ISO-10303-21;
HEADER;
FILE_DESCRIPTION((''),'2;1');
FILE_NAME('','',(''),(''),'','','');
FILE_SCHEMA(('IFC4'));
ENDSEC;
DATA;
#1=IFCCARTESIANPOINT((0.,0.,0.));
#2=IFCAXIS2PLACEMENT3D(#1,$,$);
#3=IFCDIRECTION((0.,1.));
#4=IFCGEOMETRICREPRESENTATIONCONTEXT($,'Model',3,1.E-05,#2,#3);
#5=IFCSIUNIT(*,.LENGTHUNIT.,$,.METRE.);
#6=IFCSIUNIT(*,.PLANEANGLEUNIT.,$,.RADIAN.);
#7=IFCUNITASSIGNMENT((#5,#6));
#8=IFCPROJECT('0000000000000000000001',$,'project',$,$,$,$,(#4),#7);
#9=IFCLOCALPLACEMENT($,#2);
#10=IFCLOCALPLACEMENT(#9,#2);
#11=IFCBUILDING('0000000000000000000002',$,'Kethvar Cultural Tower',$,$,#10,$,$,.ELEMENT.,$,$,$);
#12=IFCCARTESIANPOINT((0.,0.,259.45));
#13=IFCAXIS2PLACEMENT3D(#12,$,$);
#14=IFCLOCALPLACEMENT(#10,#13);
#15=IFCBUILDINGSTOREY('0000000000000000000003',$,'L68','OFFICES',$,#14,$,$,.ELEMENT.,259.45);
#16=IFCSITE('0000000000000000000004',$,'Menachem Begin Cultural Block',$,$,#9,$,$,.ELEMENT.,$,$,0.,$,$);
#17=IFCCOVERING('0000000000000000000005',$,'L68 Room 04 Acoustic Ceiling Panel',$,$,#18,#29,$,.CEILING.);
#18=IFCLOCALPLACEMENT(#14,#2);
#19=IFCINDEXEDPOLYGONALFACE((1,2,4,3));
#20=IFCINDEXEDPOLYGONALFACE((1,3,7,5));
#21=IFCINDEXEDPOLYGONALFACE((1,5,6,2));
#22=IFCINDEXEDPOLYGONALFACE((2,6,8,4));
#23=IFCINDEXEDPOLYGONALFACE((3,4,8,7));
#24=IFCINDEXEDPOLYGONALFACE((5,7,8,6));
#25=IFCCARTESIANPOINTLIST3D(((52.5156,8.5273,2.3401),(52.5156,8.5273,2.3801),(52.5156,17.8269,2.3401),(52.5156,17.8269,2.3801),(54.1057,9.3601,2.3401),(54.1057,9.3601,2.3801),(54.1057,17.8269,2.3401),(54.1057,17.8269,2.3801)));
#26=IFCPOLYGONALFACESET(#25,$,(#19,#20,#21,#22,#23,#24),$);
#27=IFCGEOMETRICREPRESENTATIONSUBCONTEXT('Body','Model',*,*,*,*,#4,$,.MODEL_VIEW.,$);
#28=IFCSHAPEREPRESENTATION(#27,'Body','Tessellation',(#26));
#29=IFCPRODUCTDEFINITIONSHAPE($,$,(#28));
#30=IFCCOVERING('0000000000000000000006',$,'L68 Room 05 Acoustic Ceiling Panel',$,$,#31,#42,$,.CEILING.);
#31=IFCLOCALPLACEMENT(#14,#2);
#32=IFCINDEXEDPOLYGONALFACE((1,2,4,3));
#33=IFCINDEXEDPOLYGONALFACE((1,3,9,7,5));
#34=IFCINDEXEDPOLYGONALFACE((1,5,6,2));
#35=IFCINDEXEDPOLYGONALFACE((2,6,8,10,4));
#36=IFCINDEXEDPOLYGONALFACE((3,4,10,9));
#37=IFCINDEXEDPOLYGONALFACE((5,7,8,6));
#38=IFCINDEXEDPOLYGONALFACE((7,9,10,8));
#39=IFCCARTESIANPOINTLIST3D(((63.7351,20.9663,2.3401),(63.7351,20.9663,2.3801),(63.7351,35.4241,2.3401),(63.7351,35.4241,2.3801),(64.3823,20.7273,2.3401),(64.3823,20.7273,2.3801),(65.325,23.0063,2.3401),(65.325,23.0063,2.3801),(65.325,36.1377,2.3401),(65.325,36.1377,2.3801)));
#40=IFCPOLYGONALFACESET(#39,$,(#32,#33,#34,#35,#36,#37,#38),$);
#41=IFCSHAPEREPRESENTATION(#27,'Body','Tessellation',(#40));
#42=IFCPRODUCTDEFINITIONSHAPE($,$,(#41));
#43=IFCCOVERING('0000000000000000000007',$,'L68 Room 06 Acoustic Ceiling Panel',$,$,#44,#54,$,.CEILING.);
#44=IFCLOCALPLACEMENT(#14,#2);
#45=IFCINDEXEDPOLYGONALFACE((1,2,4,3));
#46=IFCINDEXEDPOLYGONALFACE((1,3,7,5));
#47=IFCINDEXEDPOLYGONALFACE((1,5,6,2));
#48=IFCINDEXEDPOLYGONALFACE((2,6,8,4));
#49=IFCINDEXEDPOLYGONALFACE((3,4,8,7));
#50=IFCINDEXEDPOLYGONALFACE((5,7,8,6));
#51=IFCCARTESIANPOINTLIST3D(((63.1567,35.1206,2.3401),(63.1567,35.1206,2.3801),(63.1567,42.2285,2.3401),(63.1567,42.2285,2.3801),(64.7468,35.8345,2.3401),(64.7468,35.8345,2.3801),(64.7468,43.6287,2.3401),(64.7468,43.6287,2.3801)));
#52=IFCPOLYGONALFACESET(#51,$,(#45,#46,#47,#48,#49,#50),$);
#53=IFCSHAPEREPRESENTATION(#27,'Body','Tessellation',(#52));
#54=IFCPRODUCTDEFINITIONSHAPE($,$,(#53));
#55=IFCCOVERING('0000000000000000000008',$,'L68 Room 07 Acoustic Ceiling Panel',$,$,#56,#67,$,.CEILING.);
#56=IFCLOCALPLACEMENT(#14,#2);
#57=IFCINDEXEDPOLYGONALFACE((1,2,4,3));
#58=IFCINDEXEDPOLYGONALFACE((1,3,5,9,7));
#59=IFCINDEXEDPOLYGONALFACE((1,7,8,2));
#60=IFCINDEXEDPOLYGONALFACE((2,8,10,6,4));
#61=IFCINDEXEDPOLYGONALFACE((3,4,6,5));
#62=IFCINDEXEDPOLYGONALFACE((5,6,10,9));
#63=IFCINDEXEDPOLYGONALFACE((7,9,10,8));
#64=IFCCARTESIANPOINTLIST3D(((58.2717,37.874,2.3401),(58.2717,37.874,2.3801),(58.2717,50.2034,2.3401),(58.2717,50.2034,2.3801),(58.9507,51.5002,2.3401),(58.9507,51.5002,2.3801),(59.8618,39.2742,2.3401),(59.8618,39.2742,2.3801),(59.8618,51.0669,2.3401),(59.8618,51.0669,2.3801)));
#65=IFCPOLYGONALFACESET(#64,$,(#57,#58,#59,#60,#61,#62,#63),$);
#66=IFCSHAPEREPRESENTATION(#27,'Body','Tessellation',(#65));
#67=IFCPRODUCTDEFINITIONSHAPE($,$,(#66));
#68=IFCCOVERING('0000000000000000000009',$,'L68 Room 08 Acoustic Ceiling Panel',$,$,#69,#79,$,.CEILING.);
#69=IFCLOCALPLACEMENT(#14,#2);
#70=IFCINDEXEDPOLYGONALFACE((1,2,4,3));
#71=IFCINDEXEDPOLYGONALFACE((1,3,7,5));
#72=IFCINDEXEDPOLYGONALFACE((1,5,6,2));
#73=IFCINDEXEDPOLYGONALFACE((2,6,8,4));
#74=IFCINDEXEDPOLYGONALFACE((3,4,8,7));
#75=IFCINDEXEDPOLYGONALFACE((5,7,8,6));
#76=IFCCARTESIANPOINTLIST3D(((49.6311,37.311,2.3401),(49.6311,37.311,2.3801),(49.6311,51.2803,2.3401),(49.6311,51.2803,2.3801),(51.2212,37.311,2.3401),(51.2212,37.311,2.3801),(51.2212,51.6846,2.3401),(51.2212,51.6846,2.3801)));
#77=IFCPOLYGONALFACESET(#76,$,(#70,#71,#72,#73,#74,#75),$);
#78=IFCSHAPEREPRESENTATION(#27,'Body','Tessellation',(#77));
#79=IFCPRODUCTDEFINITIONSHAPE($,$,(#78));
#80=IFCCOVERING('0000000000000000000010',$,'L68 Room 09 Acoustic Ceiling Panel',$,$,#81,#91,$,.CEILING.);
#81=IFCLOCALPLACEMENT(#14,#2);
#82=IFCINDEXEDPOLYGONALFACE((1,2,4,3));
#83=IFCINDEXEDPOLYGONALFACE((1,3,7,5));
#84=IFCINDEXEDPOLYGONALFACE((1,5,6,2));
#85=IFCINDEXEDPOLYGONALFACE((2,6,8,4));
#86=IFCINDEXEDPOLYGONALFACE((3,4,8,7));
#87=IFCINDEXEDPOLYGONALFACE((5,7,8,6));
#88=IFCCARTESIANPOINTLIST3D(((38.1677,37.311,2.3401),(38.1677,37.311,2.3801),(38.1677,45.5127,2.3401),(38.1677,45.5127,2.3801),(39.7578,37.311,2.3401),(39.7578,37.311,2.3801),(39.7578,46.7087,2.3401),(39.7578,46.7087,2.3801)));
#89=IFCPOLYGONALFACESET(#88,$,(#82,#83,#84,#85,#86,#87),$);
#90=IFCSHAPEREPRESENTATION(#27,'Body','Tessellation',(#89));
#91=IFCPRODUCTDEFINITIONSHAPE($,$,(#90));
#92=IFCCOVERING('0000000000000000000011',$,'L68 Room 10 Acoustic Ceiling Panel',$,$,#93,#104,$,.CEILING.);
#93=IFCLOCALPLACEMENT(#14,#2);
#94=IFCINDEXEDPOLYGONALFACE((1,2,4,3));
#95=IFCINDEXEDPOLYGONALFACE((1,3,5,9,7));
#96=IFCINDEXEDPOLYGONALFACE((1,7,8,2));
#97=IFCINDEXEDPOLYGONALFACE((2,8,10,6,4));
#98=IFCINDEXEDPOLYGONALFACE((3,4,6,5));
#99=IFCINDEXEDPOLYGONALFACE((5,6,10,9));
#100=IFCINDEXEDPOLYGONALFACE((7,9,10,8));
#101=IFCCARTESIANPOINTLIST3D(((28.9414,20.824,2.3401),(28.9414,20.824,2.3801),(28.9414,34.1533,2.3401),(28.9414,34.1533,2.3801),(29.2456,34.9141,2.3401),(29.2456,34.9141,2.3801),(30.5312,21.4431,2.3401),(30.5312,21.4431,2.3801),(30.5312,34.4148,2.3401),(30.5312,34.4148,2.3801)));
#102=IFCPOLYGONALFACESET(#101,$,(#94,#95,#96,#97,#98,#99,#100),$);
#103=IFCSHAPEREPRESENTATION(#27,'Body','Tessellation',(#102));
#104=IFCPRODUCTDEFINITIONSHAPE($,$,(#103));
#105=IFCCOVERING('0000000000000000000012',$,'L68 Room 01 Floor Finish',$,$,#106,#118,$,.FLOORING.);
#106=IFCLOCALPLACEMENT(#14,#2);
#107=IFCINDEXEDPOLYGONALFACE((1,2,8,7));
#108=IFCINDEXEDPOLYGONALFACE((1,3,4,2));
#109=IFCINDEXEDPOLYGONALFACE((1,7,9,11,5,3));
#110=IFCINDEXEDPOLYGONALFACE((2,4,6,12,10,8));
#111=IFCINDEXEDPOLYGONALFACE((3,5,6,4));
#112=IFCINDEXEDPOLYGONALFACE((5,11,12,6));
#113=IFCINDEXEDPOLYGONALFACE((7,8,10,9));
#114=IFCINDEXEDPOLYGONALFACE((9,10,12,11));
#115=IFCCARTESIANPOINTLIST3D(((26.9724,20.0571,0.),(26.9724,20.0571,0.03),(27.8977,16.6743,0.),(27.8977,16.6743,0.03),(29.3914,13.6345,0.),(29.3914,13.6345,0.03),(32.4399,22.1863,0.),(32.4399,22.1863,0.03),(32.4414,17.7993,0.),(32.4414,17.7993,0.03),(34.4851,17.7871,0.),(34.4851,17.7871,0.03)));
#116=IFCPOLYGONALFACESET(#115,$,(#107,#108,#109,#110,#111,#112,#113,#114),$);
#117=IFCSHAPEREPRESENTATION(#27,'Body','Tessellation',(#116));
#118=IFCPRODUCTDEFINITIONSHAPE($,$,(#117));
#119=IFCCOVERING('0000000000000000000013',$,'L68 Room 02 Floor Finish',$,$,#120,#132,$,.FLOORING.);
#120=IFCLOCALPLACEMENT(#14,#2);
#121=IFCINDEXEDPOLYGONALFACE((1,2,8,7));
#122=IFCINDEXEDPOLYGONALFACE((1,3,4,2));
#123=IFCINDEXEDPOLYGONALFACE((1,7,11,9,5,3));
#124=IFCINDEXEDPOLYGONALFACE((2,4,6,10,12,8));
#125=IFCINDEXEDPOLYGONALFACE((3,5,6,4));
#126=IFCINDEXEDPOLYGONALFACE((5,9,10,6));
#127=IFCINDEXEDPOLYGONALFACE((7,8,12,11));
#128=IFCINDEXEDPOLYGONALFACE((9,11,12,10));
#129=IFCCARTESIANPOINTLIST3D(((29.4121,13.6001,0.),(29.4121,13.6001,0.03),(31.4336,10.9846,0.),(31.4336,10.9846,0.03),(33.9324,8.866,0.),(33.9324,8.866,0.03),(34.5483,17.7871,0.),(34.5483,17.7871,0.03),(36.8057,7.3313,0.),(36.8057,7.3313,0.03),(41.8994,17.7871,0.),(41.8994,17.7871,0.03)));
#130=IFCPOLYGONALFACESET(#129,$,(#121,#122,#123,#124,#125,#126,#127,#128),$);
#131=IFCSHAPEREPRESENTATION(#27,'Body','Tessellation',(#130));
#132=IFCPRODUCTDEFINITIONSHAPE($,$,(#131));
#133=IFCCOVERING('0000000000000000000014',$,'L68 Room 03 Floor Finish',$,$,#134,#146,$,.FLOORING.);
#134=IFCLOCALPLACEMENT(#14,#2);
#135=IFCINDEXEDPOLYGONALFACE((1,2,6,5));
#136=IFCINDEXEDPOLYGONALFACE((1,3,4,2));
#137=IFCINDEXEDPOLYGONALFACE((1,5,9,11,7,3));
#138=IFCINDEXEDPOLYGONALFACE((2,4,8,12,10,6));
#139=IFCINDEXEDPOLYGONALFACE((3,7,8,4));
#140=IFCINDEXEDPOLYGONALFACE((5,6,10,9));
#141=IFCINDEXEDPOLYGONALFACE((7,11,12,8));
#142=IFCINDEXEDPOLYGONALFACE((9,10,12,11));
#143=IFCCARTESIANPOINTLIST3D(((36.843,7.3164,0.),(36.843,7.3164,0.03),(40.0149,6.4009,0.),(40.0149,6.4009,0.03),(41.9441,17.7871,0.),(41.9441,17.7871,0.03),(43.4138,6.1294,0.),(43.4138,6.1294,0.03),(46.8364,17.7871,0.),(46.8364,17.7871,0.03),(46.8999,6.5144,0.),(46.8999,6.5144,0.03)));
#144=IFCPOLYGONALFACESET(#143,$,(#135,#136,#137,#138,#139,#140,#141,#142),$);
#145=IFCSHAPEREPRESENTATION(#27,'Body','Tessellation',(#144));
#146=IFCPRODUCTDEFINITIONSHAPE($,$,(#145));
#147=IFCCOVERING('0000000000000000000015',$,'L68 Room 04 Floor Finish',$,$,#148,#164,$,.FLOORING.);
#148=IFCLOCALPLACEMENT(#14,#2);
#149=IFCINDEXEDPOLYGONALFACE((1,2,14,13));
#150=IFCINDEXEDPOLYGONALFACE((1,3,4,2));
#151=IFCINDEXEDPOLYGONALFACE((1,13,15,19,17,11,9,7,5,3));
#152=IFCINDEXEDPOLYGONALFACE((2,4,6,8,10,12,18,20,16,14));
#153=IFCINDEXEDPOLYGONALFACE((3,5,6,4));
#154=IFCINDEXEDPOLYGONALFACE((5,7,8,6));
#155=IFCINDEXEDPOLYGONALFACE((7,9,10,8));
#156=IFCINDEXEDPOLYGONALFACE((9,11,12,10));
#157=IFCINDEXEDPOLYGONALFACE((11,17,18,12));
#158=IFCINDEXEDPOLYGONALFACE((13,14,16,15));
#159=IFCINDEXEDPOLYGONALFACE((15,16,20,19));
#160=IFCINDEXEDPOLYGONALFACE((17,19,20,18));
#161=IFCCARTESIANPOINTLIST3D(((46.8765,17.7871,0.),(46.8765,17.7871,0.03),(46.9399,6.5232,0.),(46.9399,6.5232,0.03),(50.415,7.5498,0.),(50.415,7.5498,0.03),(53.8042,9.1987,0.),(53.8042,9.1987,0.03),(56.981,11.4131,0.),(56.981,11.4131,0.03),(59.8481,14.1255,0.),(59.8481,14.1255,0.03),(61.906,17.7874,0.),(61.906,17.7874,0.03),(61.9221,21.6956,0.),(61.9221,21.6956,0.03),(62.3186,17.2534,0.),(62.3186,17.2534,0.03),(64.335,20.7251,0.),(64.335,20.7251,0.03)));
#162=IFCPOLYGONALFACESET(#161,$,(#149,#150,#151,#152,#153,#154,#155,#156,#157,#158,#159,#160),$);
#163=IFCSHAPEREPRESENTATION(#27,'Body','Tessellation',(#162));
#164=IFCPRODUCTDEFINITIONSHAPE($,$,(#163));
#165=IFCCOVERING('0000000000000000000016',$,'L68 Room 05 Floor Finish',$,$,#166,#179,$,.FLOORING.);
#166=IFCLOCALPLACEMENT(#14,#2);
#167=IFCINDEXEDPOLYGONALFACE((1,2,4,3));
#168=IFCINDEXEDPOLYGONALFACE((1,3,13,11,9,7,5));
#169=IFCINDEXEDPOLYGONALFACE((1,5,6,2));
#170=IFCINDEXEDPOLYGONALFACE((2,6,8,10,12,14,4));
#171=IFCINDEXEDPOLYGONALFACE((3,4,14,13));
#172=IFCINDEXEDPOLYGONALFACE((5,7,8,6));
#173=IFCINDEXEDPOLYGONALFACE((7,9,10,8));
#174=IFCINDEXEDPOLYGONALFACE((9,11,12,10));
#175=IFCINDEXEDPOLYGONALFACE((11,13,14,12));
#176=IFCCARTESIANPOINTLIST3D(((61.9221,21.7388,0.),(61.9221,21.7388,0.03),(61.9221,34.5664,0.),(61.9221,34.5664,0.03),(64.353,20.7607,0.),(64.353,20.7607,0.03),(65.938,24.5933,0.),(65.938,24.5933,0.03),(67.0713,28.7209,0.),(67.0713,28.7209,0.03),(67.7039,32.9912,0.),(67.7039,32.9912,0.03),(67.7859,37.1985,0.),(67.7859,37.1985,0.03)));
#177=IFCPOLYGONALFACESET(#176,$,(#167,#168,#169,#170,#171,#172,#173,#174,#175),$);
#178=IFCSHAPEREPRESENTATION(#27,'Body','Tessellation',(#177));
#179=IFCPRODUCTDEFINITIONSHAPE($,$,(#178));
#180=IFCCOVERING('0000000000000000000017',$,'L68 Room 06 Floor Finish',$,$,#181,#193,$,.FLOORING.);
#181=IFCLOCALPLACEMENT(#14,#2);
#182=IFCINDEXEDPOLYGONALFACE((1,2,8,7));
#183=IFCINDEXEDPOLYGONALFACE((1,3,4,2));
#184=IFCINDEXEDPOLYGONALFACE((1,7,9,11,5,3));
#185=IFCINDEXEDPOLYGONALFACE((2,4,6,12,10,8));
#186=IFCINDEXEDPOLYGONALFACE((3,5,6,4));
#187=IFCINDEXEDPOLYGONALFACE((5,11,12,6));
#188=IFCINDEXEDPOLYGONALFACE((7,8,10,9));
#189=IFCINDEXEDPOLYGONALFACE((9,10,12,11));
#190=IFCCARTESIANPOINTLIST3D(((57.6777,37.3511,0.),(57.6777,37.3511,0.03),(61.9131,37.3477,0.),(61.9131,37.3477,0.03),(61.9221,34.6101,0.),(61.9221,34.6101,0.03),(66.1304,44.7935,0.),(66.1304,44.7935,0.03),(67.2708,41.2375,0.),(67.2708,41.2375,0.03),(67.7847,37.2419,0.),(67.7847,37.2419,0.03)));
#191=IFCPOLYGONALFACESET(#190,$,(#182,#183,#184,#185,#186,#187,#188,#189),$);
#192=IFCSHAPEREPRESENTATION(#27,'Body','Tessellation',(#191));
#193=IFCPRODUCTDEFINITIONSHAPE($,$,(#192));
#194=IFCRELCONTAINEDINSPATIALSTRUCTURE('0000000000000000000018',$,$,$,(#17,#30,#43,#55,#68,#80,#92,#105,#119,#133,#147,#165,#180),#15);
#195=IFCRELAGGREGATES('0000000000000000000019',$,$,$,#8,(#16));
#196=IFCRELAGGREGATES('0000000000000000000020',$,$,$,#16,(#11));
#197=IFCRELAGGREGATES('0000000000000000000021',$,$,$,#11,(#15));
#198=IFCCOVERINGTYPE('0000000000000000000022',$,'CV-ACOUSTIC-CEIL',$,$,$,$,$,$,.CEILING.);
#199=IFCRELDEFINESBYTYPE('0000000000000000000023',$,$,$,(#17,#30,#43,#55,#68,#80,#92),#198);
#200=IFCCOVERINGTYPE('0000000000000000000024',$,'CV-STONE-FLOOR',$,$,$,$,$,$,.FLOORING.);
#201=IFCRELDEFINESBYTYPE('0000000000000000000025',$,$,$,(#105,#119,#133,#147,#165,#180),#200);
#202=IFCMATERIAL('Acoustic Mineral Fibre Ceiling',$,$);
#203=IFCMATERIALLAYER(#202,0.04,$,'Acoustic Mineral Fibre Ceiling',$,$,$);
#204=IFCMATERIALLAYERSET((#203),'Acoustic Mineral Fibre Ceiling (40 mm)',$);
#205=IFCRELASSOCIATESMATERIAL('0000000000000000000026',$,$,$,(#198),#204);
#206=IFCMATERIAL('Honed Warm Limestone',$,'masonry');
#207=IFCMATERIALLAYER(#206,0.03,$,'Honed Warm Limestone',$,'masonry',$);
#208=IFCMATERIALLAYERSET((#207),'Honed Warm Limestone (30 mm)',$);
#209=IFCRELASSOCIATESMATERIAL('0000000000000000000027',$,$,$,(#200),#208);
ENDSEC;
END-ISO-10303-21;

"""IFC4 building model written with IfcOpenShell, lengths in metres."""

from ifc_helpers import new_model, si_unit, direction, frame, origin, place, context, subcontext, project, spatial, polyline, outline, extrude, material, layer, layer_set, type_object, element, save


model = new_model("IFC4")

# Units and contexts
model_context = context("Model", 3, precision=1e-05, world=origin(), true_north=direction((0.0, 1.0)))
body_context = subcontext(model_context, "Body", "Model", "MODEL_VIEW")
ifc_project = project(units=[si_unit("LENGTHUNIT", "METRE"), si_unit("PLANEANGLEUNIT", "RADIAN")], contexts=[model_context])

# Site, building, storey
site_placement = place(None, origin())
site = spatial("IfcSite", under=ifc_project, at=site_placement, Name="Menachem Begin Cultural Block", CompositionType="ELEMENT", RefElevation=0.0)
building_placement = place(site_placement, origin())
building = spatial("IfcBuilding", under=site, at=building_placement, Name="Kethvar Cultural Tower", CompositionType="ELEMENT")
storey_placement = place(building_placement, frame((0.0, 0.0, 259.45)))
storey = spatial("IfcBuildingStorey", under=building, at=storey_placement, Name="L68", Description="OFFICES", CompositionType="ELEMENT", Elevation=259.45)

# Coverings
ifc_material_1 = material(Name="Acoustic Mineral Fibre Ceiling")
ifc_layer_1 = layer(ifc_material_1, 0.04, Name="Acoustic Mineral Fibre Ceiling")
ifc_layer_set_1 = layer_set([ifc_layer_1], Name="Acoustic Mineral Fibre Ceiling (40 mm)")
covering_type_1 = type_object("IfcCoveringType", Name="CV-ACOUSTIC-CEIL", PredefinedType="CEILING", material=ifc_layer_set_1)
covering_1_placement = place(storey_placement, frame((0.0, 0.0, 2.3401)))
element("IfcCovering", 1, at=covering_1_placement, inside=storey, type_object=covering_type_1, Name="L68 Room 04 Acoustic Ceiling Panel", PredefinedType="CEILING", context=body_context, shape_type="SweptSolid", body=[
    extrude(outline(polyline([(54.1057, 9.3601), (52.5156, 8.5273), (52.5156, 17.8269), (54.1057, 17.8269), (54.1057, 9.3601)])), origin(), (0.0, 0.0, 1.0), 0.04),
])
covering_2_placement = place(storey_placement, frame((0.0, 0.0, 2.3401)))
element("IfcCovering", 2, at=covering_2_placement, inside=storey, type_object=covering_type_1, Name="L68 Room 05 Acoustic Ceiling Panel", PredefinedType="CEILING", context=body_context, shape_type="SweptSolid", body=[
    extrude(outline(polyline([(64.3823, 20.7273), (63.7351, 20.9663), (63.7351, 35.4241), (65.325, 36.1377), (65.325, 23.0063), (64.3823, 20.7273)])), origin(), (0.0, 0.0, 1.0), 0.04),
])
covering_3_placement = place(storey_placement, frame((0.0, 0.0, 2.3401)))
element("IfcCovering", 3, at=covering_3_placement, inside=storey, type_object=covering_type_1, Name="L68 Room 06 Acoustic Ceiling Panel", PredefinedType="CEILING", context=body_context, shape_type="SweptSolid", body=[
    extrude(outline(polyline([(63.1567, 35.1206), (63.1567, 42.2285), (64.7468, 43.6287), (64.7468, 35.8345), (63.1567, 35.1206)])), origin(), (0.0, 0.0, 1.0), 0.04),
])
covering_4_placement = place(storey_placement, frame((0.0, 0.0, 2.3401)))
element("IfcCovering", 4, at=covering_4_placement, inside=storey, type_object=covering_type_1, Name="L68 Room 07 Acoustic Ceiling Panel", PredefinedType="CEILING", context=body_context, shape_type="SweptSolid", body=[
    extrude(outline(polyline([(58.2717, 37.874), (58.2717, 50.2034), (58.9507, 51.5002), (59.8618, 51.0669), (59.8618, 39.2742), (58.2717, 37.874)])), origin(), (0.0, 0.0, 1.0), 0.04),
])
covering_5_placement = place(storey_placement, frame((0.0, 0.0, 2.3401)))
element("IfcCovering", 5, at=covering_5_placement, inside=storey, type_object=covering_type_1, Name="L68 Room 08 Acoustic Ceiling Panel", PredefinedType="CEILING", context=body_context, shape_type="SweptSolid", body=[
    extrude(outline(polyline([(51.2212, 51.6846), (51.2212, 37.311), (49.6311, 37.311), (49.6311, 51.2803), (51.2212, 51.6846)])), origin(), (0.0, 0.0, 1.0), 0.04),
])
covering_6_placement = place(storey_placement, frame((0.0, 0.0, 2.3401)))
element("IfcCovering", 6, at=covering_6_placement, inside=storey, type_object=covering_type_1, Name="L68 Room 09 Acoustic Ceiling Panel", PredefinedType="CEILING", context=body_context, shape_type="SweptSolid", body=[
    extrude(outline(polyline([(39.7578, 46.7087), (39.7578, 37.311), (38.1677, 37.311), (38.1677, 45.5127), (39.7578, 46.7087)])), origin(), (0.0, 0.0, 1.0), 0.04),
])
covering_7_placement = place(storey_placement, frame((0.0, 0.0, 2.3401)))
element("IfcCovering", 7, at=covering_7_placement, inside=storey, type_object=covering_type_1, Name="L68 Room 10 Acoustic Ceiling Panel", PredefinedType="CEILING", context=body_context, shape_type="SweptSolid", body=[
    extrude(outline(polyline([(29.2456, 34.9141), (30.5312, 34.4148), (30.5312, 21.4431), (28.9414, 20.824), (28.9414, 34.1533), (29.2456, 34.9141)])), origin(), (0.0, 0.0, 1.0), 0.04),
])
ifc_material_2 = material(Name="Honed Warm Limestone", Category="masonry")
ifc_layer_2 = layer(ifc_material_2, 0.03, Name="Honed Warm Limestone", Category="masonry")
ifc_layer_set_2 = layer_set([ifc_layer_2], Name="Honed Warm Limestone (30 mm)")
covering_type_2 = type_object("IfcCoveringType", Name="CV-STONE-FLOOR", PredefinedType="FLOORING", material=ifc_layer_set_2)
covering_8_placement = place(storey_placement, origin())
element("IfcCovering", 8, at=covering_8_placement, inside=storey, type_object=covering_type_2, Name="L68 Room 01 Floor Finish", PredefinedType="FLOORING", context=body_context, shape_type="SweptSolid", body=[
    extrude(outline(polyline([(27.8977, 16.6743), (26.9724, 20.0571), (32.4399, 22.1863), (32.4414, 17.7993), (34.4851, 17.7871), (29.3914, 13.6345), (27.8977, 16.6743)])), origin(), (0.0, 0.0, 1.0), 0.03),
])
covering_9_placement = place(storey_placement, origin())
element("IfcCovering", 9, at=covering_9_placement, inside=storey, type_object=covering_type_2, Name="L68 Room 02 Floor Finish", PredefinedType="FLOORING", context=body_context, shape_type="SweptSolid", body=[
    extrude(outline(polyline([(33.9324, 8.866), (31.4336, 10.9846), (29.4121, 13.6001), (34.5483, 17.7871), (41.8994, 17.7871), (36.8057, 7.3313), (33.9324, 8.866)])), origin(), (0.0, 0.0, 1.0), 0.03),
])
covering_10_placement = place(storey_placement, origin())
element("IfcCovering", 10, at=covering_10_placement, inside=storey, type_object=covering_type_2, Name="L68 Room 03 Floor Finish", PredefinedType="FLOORING", context=body_context, shape_type="SweptSolid", body=[
    extrude(outline(polyline([(46.8999, 6.5144), (43.4138, 6.1294), (40.0149, 6.4009), (36.843, 7.3164), (41.9441, 17.7871), (46.8364, 17.7871), (46.8999, 6.5144)])), origin(), (0.0, 0.0, 1.0), 0.03),
])
covering_11_placement = place(storey_placement, origin())
element("IfcCovering", 11, at=covering_11_placement, inside=storey, type_object=covering_type_2, Name="L68 Room 04 Floor Finish", PredefinedType="FLOORING", context=body_context, shape_type="SweptSolid", body=[
    extrude(outline(polyline([(64.335, 20.7251), (62.3186, 17.2534), (59.8481, 14.1255), (56.981, 11.4131), (53.8042, 9.1987), (50.415, 7.5498), (46.9399, 6.5232), (46.8765, 17.7871), (61.906, 17.7874), (61.9221, 21.6956), (64.335, 20.7251)])), origin(), (0.0, 0.0, 1.0), 0.03),
])
covering_12_placement = place(storey_placement, origin())
element("IfcCovering", 12, at=covering_12_placement, inside=storey, type_object=covering_type_2, Name="L68 Room 05 Floor Finish", PredefinedType="FLOORING", context=body_context, shape_type="SweptSolid", body=[
    extrude(outline(polyline([(67.7039, 32.9912), (67.0713, 28.7209), (65.938, 24.5933), (64.353, 20.7607), (61.9221, 21.7388), (61.9221, 34.5664), (67.7859, 37.1985), (67.7039, 32.9912)])), origin(), (0.0, 0.0, 1.0), 0.03),
])
covering_13_placement = place(storey_placement, origin())
element("IfcCovering", 13, at=covering_13_placement, inside=storey, type_object=covering_type_2, Name="L68 Room 06 Floor Finish", PredefinedType="FLOORING", context=body_context, shape_type="SweptSolid", body=[
    extrude(outline(polyline([(67.2708, 41.2375), (67.7847, 37.2419), (61.9221, 34.6101), (61.9131, 37.3477), (57.6777, 37.3511), (66.1304, 44.7935), (67.2708, 41.2375)])), origin(), (0.0, 0.0, 1.0), 0.03),
])

save(model, "model.ifc")
